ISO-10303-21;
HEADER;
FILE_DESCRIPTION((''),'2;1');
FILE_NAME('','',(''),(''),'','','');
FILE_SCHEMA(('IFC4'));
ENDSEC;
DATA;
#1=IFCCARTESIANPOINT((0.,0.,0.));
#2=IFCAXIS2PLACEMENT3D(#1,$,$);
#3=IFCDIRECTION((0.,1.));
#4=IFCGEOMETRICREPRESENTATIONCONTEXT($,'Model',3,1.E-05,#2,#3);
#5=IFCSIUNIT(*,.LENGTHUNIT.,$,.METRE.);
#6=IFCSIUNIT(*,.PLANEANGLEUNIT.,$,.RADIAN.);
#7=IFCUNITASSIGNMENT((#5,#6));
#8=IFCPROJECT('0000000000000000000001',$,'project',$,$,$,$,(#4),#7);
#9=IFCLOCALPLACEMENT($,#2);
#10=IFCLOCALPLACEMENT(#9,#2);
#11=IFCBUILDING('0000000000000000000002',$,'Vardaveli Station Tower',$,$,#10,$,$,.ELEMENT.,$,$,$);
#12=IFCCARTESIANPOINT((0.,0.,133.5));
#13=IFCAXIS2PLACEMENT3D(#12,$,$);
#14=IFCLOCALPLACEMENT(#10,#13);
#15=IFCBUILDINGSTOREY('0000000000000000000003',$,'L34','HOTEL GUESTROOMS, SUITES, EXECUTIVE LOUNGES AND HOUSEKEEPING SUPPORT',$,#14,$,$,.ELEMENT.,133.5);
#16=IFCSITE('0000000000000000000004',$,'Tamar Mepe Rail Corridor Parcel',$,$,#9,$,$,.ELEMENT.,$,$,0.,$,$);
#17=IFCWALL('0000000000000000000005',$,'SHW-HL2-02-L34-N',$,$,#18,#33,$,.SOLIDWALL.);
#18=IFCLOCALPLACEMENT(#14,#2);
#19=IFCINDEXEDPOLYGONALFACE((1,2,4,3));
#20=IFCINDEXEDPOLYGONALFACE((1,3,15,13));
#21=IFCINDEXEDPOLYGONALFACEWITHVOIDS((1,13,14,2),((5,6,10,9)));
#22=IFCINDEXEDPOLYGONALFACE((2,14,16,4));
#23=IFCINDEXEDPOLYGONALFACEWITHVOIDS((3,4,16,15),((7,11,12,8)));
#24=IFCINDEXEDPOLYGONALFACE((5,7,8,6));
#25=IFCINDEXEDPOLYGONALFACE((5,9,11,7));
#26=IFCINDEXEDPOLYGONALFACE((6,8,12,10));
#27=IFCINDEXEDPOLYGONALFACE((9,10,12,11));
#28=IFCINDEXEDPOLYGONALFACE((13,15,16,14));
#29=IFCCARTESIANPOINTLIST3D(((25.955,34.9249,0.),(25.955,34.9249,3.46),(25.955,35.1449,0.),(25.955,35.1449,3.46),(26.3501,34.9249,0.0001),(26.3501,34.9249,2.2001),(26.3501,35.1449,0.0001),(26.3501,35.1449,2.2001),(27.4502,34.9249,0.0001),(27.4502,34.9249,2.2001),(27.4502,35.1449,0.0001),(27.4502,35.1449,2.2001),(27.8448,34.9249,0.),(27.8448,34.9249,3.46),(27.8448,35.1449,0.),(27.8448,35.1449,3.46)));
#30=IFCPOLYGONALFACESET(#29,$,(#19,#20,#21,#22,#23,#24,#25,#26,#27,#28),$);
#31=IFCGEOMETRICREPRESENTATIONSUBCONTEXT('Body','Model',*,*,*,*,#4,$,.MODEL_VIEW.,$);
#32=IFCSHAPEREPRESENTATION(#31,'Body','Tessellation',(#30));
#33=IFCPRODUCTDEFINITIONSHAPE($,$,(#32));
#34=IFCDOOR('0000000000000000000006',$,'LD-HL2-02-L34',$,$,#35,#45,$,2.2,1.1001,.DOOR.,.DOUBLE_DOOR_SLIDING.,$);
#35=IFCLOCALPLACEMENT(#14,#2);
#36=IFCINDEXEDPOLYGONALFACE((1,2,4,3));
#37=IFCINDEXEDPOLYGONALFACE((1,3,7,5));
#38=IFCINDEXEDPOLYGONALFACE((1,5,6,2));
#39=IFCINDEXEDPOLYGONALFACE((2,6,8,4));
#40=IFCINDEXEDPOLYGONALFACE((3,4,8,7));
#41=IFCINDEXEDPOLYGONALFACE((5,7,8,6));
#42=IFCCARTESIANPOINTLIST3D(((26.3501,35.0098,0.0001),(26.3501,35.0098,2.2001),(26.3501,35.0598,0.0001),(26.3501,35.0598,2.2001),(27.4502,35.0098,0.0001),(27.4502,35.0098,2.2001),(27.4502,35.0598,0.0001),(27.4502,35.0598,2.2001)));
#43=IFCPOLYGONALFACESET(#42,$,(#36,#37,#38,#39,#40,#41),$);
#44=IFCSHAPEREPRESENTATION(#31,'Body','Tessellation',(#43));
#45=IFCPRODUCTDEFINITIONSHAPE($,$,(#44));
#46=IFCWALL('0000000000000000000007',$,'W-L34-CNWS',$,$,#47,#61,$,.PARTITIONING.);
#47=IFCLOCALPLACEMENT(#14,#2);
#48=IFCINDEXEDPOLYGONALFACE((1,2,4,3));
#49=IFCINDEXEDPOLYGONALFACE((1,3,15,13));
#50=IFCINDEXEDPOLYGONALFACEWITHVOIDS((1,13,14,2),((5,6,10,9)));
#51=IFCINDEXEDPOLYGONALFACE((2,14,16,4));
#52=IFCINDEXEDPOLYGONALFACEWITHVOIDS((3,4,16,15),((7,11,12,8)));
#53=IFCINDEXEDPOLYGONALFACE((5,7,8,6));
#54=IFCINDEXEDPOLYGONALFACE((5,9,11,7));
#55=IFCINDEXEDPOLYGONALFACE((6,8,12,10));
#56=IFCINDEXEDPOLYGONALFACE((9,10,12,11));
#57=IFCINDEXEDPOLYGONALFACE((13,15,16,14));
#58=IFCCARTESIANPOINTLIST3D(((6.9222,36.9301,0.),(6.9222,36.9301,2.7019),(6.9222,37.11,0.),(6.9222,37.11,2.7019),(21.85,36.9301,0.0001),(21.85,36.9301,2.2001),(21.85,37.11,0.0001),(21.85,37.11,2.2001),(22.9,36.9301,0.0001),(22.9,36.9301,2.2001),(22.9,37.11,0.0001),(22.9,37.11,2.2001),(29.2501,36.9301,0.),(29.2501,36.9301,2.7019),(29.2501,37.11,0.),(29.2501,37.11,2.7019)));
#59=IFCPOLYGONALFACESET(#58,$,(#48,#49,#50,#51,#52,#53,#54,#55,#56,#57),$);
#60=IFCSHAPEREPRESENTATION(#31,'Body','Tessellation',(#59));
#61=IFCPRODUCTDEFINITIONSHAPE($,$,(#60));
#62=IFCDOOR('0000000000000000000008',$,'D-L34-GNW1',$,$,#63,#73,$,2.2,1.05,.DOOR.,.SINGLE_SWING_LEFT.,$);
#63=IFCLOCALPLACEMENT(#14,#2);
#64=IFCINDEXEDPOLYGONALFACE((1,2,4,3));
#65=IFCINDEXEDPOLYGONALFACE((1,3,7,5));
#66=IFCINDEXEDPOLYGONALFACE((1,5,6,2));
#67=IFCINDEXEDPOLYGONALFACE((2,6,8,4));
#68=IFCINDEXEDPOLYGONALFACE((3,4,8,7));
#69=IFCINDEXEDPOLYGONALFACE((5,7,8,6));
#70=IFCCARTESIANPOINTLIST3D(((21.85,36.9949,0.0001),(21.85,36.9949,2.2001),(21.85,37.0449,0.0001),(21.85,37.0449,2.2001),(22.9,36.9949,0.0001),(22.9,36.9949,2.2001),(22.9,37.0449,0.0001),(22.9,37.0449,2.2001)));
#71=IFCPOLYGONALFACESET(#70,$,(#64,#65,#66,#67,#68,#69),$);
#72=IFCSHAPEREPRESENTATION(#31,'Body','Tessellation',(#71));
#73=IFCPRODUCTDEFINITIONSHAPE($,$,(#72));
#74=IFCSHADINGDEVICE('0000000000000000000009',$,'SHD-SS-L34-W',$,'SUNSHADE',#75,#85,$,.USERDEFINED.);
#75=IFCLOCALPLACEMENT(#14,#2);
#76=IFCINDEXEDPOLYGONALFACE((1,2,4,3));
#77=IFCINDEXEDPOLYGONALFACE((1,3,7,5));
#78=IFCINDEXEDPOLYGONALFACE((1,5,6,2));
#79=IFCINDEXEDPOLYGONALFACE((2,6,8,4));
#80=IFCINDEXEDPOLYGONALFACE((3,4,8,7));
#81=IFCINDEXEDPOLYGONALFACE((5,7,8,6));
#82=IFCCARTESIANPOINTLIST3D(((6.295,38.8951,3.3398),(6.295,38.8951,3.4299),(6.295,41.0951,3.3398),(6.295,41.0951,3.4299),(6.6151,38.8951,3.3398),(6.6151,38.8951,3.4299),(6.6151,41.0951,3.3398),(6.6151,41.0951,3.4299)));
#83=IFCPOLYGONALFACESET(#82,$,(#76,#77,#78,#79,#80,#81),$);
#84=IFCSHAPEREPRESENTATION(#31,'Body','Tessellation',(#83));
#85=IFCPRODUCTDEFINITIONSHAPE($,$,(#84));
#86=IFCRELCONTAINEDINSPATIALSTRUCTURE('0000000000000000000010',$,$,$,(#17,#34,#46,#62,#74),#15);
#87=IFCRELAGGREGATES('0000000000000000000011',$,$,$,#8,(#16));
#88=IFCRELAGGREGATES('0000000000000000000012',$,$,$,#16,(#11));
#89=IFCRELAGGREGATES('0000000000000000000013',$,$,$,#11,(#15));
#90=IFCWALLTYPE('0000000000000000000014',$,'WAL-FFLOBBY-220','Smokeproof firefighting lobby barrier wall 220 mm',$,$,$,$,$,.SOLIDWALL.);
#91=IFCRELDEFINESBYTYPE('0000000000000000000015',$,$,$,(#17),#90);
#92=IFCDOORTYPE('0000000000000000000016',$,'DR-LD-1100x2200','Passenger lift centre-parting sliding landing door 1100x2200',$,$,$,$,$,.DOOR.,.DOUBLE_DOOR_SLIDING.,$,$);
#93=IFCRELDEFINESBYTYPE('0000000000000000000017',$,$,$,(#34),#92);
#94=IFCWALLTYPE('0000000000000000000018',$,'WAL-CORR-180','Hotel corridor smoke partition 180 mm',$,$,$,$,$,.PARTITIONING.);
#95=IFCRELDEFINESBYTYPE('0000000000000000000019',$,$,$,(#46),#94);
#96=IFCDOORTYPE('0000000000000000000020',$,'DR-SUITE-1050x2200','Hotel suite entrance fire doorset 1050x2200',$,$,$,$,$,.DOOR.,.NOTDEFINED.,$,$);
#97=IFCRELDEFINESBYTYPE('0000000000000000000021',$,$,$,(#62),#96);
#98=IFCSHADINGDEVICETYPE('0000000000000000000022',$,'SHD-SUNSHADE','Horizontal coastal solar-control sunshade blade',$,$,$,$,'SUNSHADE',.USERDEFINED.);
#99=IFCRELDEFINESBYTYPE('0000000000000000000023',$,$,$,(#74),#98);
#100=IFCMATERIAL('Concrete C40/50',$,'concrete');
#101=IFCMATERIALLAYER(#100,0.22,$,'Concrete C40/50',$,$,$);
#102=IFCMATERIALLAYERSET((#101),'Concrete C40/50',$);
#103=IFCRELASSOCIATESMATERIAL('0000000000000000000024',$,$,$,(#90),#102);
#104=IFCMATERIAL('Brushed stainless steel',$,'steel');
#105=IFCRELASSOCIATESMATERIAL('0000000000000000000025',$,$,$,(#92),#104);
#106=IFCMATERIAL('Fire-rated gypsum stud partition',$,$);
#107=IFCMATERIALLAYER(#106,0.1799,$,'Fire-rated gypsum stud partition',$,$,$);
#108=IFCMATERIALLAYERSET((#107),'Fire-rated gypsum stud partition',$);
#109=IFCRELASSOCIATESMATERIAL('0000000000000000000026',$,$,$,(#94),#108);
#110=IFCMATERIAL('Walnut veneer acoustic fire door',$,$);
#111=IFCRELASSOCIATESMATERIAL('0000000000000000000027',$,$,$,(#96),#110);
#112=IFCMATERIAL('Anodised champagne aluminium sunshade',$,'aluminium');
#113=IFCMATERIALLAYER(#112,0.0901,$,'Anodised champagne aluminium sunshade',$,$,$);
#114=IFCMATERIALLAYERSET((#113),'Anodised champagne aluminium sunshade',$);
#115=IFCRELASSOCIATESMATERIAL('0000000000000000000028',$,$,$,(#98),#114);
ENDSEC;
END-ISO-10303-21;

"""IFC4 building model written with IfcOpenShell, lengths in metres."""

from ifc_helpers import new_model, si_unit, direction, frame, frame_2d, origin, origin_2d, place, context, subcontext, project, spatial, rectangle, extrude, source, transform, mapped, material, layer, layer_set, type_object, element, fill, save


model = new_model("IFC4")

# Units and contexts
model_context = context("Model", 3, precision=1e-05, world=origin(), true_north=direction((0.0, 1.0)))
body_context = subcontext(model_context, "Body", "Model", "MODEL_VIEW")
ifc_project = project(units=[si_unit("LENGTHUNIT", "METRE"), si_unit("PLANEANGLEUNIT", "RADIAN")], contexts=[model_context])

# Site, building, storey
site_placement = place(None, origin())
site = spatial("IfcSite", under=ifc_project, at=site_placement, Name="Tamar Mepe Rail Corridor Parcel", CompositionType="ELEMENT", RefElevation=0.0)
building_placement = place(site_placement, origin())
building = spatial("IfcBuilding", under=site, at=building_placement, Name="Vardaveli Station Tower", CompositionType="ELEMENT")
storey_placement = place(building_placement, frame((0.0, 0.0, 133.5)))
storey = spatial("IfcBuildingStorey", under=building, at=storey_placement, Name="L34", Description="HOTEL GUESTROOMS, SUITES, EXECUTIVE LOUNGES AND HOUSEKEEPING SUPPORT", CompositionType="ELEMENT", Elevation=133.5)

# Walls, openings, doors
ifc_material_1 = material(Name="Concrete C40/50", Category="concrete")
ifc_layer_1 = layer(ifc_material_1, 0.22, Name="Concrete C40/50")
ifc_layer_set_1 = layer_set([ifc_layer_1], Name="Concrete C40/50")
wall_type_1 = type_object("IfcWallType", Name="WAL-FFLOBBY-220", Description="Smokeproof firefighting lobby barrier wall 220 mm", PredefinedType="SOLIDWALL", material=ifc_layer_set_1)
shared_shape_1 = source(origin(), body_context, "Body", "SweptSolid", [
    extrude(rectangle(XDim=1.8899, YDim=0.22, at=frame_2d((0.9448, 0.0))), origin(), (0.0, 0.0, 1.0), 3.46),
])
shared_shape_2 = source(origin(), body_context, "Body", "SweptSolid", [
    extrude(rectangle(XDim=1.1001, YDim=2.2, at=frame_2d((0.55, 1.1001))), frame((0.0, 0.1201, 0.0), z_axis=(0.0, -1.0, 0.0), x_axis=(1.0, 0.0, 0.0)), (0.0, 0.0, 1.0), 0.24),
])
ifc_material_2 = material(Name="Brushed stainless steel", Category="steel")
door_type_1 = type_object("IfcDoorType", Name="DR-LD-1100x2200", Description="Passenger lift centre-parting sliding landing door 1100x2200", OperationType="DOUBLE_DOOR_SLIDING", PredefinedType="DOOR", material=ifc_material_2)
shared_shape_3 = source(origin(), body_context, "Body", "SweptSolid", [
    extrude(rectangle(XDim=1.1001, YDim=2.2, at=frame_2d((0.55, 1.1001))), frame((0.0, 0.0249, 0.0), z_axis=(0.0, -1.0, 0.0), x_axis=(1.0, 0.0, 0.0)), (0.0, 0.0, 1.0), 0.05),
])
wall_1_placement = place(storey_placement, frame((25.9551, 35.0349, 0.0), z_axis=(0.0, 0.0, 1.0), x_axis=(1.0, 0.0, 0.0)))
wall_1 = element("IfcWall", 1, at=wall_1_placement, inside=storey, type_object=wall_type_1, Name="SHW-HL2-02-L34-N", PredefinedType="SOLIDWALL", context=body_context, shape_type="MappedRepresentation", body=[
    mapped(shared_shape_1, transform((0.0, 0.0, 0.0), scale=1.0)),
])
opening_1_placement = place(wall_1_placement, frame((0.395, 0.0, 0.0)))
opening_1 = element("IfcOpeningElement", 2, at=opening_1_placement, cuts=wall_1, PredefinedType="OPENING", context=body_context, shape_type="MappedRepresentation", body=[
    mapped(shared_shape_2, transform((0.0, 0.0, 0.0), scale=1.0)),
])
door_1_placement = place(opening_1_placement, origin())
door_1 = element("IfcDoor", 3, at=door_1_placement, inside=storey, type_object=door_type_1, Name="LD-HL2-02-L34", OperationType="DOUBLE_DOOR_SLIDING", OverallHeight=2.2, OverallWidth=1.1001, PredefinedType="DOOR", context=body_context, shape_type="MappedRepresentation", body=[
    mapped(shared_shape_3, transform((0.0, 0.0, 0.0), scale=1.0)),
])
fill(opening_1, door_1)
ifc_material_3 = material(Name="Fire-rated gypsum stud partition")
ifc_layer_2 = layer(ifc_material_3, 0.1799, Name="Fire-rated gypsum stud partition")
ifc_layer_set_2 = layer_set([ifc_layer_2], Name="Fire-rated gypsum stud partition")
wall_type_2 = type_object("IfcWallType", Name="WAL-CORR-180", Description="Hotel corridor smoke partition 180 mm", PredefinedType="PARTITIONING", material=ifc_layer_set_2)
shared_shape_4 = source(origin(), body_context, "Body", "SweptSolid", [
    extrude(rectangle(XDim=22.3279, YDim=0.1799, at=frame_2d((11.1641, 0.0))), origin(), (0.0, 0.0, 1.0), 2.7019),
])
wall_2_placement = place(storey_placement, frame((6.9221, 37.02, 0.0), z_axis=(0.0, 0.0, 1.0), x_axis=(1.0, 0.0, 0.0)))
wall_2 = element("IfcWall", 4, at=wall_2_placement, inside=storey, type_object=wall_type_2, Name="W-L34-CNWS", PredefinedType="PARTITIONING", context=body_context, shape_type="MappedRepresentation", body=[
    mapped(shared_shape_4, transform((0.0, 0.0, 0.0), scale=1.0)),
])
shared_shape_5 = source(origin(), body_context, "Body", "SweptSolid", [
    extrude(rectangle(XDim=1.05, YDim=2.2, at=frame_2d((0.5249, 1.1001))), frame((0.0, 0.1001, 0.0), z_axis=(0.0, -1.0, 0.0), x_axis=(1.0, 0.0, 0.0)), (0.0, 0.0, 1.0), 0.2),
])
opening_2_placement = place(wall_2_placement, frame((14.928, 0.0, 0.0)))
opening_2 = element("IfcOpeningElement", 5, at=opening_2_placement, cuts=wall_2, PredefinedType="OPENING", context=body_context, shape_type="MappedRepresentation", body=[
    mapped(shared_shape_5, transform((0.0, 0.0, 0.0), scale=1.0)),
])
ifc_material_4 = material(Name="Walnut veneer acoustic fire door")
door_type_2 = type_object("IfcDoorType", Name="DR-SUITE-1050x2200", Description="Hotel suite entrance fire doorset 1050x2200", OperationType="NOTDEFINED", PredefinedType="DOOR", material=ifc_material_4)
shared_shape_6 = source(origin(), body_context, "Body", "SweptSolid", [
    extrude(rectangle(XDim=1.05, YDim=2.2, at=frame_2d((0.5249, 1.1001))), frame((0.0, 0.0249, 0.0), z_axis=(0.0, -1.0, 0.0), x_axis=(1.0, 0.0, 0.0)), (0.0, 0.0, 1.0), 0.05),
])
door_2_placement = place(opening_2_placement, origin())
door_2 = element("IfcDoor", 6, at=door_2_placement, inside=storey, type_object=door_type_2, Name="D-L34-GNW1", OperationType="SINGLE_SWING_LEFT", OverallHeight=2.2, OverallWidth=1.05, PredefinedType="DOOR", context=body_context, shape_type="MappedRepresentation", body=[
    mapped(shared_shape_6, transform((0.0, 0.0, 0.0), scale=1.0)),
])
fill(opening_2, door_2)

# Shading device
ifc_material_5 = material(Name="Anodised champagne aluminium sunshade", Category="aluminium")
ifc_layer_3 = layer(ifc_material_5, 0.0901, Name="Anodised champagne aluminium sunshade")
ifc_layer_set_3 = layer_set([ifc_layer_3], Name="Anodised champagne aluminium sunshade")
shading_device_type = type_object("IfcShadingDeviceType", Name="SHD-SUNSHADE", Description="Horizontal coastal solar-control sunshade blade", ElementType="SUNSHADE", PredefinedType="USERDEFINED", material=ifc_layer_set_3)
shared_shape_7 = source(origin(), body_context, "Body", "SweptSolid", [
    extrude(rectangle(XDim=2.2, YDim=0.3201, at=origin_2d()), origin(), (0.0, 0.0, 1.0), 0.0901),
])
shading_device_placement = place(storey_placement, frame((6.4551, 39.9951, 3.3398), z_axis=(0.0, 0.0, 1.0), x_axis=(0.0, 1.0, 0.0)))
element("IfcShadingDevice", 7, at=shading_device_placement, inside=storey, type_object=shading_device_type, Name="SHD-SS-L34-W", ObjectType="SUNSHADE", PredefinedType="USERDEFINED", context=body_context, shape_type="MappedRepresentation", body=[
    mapped(shared_shape_7, transform((0.0, 0.0, 0.0), scale=1.0)),
])

save(model, "model.ifc")
